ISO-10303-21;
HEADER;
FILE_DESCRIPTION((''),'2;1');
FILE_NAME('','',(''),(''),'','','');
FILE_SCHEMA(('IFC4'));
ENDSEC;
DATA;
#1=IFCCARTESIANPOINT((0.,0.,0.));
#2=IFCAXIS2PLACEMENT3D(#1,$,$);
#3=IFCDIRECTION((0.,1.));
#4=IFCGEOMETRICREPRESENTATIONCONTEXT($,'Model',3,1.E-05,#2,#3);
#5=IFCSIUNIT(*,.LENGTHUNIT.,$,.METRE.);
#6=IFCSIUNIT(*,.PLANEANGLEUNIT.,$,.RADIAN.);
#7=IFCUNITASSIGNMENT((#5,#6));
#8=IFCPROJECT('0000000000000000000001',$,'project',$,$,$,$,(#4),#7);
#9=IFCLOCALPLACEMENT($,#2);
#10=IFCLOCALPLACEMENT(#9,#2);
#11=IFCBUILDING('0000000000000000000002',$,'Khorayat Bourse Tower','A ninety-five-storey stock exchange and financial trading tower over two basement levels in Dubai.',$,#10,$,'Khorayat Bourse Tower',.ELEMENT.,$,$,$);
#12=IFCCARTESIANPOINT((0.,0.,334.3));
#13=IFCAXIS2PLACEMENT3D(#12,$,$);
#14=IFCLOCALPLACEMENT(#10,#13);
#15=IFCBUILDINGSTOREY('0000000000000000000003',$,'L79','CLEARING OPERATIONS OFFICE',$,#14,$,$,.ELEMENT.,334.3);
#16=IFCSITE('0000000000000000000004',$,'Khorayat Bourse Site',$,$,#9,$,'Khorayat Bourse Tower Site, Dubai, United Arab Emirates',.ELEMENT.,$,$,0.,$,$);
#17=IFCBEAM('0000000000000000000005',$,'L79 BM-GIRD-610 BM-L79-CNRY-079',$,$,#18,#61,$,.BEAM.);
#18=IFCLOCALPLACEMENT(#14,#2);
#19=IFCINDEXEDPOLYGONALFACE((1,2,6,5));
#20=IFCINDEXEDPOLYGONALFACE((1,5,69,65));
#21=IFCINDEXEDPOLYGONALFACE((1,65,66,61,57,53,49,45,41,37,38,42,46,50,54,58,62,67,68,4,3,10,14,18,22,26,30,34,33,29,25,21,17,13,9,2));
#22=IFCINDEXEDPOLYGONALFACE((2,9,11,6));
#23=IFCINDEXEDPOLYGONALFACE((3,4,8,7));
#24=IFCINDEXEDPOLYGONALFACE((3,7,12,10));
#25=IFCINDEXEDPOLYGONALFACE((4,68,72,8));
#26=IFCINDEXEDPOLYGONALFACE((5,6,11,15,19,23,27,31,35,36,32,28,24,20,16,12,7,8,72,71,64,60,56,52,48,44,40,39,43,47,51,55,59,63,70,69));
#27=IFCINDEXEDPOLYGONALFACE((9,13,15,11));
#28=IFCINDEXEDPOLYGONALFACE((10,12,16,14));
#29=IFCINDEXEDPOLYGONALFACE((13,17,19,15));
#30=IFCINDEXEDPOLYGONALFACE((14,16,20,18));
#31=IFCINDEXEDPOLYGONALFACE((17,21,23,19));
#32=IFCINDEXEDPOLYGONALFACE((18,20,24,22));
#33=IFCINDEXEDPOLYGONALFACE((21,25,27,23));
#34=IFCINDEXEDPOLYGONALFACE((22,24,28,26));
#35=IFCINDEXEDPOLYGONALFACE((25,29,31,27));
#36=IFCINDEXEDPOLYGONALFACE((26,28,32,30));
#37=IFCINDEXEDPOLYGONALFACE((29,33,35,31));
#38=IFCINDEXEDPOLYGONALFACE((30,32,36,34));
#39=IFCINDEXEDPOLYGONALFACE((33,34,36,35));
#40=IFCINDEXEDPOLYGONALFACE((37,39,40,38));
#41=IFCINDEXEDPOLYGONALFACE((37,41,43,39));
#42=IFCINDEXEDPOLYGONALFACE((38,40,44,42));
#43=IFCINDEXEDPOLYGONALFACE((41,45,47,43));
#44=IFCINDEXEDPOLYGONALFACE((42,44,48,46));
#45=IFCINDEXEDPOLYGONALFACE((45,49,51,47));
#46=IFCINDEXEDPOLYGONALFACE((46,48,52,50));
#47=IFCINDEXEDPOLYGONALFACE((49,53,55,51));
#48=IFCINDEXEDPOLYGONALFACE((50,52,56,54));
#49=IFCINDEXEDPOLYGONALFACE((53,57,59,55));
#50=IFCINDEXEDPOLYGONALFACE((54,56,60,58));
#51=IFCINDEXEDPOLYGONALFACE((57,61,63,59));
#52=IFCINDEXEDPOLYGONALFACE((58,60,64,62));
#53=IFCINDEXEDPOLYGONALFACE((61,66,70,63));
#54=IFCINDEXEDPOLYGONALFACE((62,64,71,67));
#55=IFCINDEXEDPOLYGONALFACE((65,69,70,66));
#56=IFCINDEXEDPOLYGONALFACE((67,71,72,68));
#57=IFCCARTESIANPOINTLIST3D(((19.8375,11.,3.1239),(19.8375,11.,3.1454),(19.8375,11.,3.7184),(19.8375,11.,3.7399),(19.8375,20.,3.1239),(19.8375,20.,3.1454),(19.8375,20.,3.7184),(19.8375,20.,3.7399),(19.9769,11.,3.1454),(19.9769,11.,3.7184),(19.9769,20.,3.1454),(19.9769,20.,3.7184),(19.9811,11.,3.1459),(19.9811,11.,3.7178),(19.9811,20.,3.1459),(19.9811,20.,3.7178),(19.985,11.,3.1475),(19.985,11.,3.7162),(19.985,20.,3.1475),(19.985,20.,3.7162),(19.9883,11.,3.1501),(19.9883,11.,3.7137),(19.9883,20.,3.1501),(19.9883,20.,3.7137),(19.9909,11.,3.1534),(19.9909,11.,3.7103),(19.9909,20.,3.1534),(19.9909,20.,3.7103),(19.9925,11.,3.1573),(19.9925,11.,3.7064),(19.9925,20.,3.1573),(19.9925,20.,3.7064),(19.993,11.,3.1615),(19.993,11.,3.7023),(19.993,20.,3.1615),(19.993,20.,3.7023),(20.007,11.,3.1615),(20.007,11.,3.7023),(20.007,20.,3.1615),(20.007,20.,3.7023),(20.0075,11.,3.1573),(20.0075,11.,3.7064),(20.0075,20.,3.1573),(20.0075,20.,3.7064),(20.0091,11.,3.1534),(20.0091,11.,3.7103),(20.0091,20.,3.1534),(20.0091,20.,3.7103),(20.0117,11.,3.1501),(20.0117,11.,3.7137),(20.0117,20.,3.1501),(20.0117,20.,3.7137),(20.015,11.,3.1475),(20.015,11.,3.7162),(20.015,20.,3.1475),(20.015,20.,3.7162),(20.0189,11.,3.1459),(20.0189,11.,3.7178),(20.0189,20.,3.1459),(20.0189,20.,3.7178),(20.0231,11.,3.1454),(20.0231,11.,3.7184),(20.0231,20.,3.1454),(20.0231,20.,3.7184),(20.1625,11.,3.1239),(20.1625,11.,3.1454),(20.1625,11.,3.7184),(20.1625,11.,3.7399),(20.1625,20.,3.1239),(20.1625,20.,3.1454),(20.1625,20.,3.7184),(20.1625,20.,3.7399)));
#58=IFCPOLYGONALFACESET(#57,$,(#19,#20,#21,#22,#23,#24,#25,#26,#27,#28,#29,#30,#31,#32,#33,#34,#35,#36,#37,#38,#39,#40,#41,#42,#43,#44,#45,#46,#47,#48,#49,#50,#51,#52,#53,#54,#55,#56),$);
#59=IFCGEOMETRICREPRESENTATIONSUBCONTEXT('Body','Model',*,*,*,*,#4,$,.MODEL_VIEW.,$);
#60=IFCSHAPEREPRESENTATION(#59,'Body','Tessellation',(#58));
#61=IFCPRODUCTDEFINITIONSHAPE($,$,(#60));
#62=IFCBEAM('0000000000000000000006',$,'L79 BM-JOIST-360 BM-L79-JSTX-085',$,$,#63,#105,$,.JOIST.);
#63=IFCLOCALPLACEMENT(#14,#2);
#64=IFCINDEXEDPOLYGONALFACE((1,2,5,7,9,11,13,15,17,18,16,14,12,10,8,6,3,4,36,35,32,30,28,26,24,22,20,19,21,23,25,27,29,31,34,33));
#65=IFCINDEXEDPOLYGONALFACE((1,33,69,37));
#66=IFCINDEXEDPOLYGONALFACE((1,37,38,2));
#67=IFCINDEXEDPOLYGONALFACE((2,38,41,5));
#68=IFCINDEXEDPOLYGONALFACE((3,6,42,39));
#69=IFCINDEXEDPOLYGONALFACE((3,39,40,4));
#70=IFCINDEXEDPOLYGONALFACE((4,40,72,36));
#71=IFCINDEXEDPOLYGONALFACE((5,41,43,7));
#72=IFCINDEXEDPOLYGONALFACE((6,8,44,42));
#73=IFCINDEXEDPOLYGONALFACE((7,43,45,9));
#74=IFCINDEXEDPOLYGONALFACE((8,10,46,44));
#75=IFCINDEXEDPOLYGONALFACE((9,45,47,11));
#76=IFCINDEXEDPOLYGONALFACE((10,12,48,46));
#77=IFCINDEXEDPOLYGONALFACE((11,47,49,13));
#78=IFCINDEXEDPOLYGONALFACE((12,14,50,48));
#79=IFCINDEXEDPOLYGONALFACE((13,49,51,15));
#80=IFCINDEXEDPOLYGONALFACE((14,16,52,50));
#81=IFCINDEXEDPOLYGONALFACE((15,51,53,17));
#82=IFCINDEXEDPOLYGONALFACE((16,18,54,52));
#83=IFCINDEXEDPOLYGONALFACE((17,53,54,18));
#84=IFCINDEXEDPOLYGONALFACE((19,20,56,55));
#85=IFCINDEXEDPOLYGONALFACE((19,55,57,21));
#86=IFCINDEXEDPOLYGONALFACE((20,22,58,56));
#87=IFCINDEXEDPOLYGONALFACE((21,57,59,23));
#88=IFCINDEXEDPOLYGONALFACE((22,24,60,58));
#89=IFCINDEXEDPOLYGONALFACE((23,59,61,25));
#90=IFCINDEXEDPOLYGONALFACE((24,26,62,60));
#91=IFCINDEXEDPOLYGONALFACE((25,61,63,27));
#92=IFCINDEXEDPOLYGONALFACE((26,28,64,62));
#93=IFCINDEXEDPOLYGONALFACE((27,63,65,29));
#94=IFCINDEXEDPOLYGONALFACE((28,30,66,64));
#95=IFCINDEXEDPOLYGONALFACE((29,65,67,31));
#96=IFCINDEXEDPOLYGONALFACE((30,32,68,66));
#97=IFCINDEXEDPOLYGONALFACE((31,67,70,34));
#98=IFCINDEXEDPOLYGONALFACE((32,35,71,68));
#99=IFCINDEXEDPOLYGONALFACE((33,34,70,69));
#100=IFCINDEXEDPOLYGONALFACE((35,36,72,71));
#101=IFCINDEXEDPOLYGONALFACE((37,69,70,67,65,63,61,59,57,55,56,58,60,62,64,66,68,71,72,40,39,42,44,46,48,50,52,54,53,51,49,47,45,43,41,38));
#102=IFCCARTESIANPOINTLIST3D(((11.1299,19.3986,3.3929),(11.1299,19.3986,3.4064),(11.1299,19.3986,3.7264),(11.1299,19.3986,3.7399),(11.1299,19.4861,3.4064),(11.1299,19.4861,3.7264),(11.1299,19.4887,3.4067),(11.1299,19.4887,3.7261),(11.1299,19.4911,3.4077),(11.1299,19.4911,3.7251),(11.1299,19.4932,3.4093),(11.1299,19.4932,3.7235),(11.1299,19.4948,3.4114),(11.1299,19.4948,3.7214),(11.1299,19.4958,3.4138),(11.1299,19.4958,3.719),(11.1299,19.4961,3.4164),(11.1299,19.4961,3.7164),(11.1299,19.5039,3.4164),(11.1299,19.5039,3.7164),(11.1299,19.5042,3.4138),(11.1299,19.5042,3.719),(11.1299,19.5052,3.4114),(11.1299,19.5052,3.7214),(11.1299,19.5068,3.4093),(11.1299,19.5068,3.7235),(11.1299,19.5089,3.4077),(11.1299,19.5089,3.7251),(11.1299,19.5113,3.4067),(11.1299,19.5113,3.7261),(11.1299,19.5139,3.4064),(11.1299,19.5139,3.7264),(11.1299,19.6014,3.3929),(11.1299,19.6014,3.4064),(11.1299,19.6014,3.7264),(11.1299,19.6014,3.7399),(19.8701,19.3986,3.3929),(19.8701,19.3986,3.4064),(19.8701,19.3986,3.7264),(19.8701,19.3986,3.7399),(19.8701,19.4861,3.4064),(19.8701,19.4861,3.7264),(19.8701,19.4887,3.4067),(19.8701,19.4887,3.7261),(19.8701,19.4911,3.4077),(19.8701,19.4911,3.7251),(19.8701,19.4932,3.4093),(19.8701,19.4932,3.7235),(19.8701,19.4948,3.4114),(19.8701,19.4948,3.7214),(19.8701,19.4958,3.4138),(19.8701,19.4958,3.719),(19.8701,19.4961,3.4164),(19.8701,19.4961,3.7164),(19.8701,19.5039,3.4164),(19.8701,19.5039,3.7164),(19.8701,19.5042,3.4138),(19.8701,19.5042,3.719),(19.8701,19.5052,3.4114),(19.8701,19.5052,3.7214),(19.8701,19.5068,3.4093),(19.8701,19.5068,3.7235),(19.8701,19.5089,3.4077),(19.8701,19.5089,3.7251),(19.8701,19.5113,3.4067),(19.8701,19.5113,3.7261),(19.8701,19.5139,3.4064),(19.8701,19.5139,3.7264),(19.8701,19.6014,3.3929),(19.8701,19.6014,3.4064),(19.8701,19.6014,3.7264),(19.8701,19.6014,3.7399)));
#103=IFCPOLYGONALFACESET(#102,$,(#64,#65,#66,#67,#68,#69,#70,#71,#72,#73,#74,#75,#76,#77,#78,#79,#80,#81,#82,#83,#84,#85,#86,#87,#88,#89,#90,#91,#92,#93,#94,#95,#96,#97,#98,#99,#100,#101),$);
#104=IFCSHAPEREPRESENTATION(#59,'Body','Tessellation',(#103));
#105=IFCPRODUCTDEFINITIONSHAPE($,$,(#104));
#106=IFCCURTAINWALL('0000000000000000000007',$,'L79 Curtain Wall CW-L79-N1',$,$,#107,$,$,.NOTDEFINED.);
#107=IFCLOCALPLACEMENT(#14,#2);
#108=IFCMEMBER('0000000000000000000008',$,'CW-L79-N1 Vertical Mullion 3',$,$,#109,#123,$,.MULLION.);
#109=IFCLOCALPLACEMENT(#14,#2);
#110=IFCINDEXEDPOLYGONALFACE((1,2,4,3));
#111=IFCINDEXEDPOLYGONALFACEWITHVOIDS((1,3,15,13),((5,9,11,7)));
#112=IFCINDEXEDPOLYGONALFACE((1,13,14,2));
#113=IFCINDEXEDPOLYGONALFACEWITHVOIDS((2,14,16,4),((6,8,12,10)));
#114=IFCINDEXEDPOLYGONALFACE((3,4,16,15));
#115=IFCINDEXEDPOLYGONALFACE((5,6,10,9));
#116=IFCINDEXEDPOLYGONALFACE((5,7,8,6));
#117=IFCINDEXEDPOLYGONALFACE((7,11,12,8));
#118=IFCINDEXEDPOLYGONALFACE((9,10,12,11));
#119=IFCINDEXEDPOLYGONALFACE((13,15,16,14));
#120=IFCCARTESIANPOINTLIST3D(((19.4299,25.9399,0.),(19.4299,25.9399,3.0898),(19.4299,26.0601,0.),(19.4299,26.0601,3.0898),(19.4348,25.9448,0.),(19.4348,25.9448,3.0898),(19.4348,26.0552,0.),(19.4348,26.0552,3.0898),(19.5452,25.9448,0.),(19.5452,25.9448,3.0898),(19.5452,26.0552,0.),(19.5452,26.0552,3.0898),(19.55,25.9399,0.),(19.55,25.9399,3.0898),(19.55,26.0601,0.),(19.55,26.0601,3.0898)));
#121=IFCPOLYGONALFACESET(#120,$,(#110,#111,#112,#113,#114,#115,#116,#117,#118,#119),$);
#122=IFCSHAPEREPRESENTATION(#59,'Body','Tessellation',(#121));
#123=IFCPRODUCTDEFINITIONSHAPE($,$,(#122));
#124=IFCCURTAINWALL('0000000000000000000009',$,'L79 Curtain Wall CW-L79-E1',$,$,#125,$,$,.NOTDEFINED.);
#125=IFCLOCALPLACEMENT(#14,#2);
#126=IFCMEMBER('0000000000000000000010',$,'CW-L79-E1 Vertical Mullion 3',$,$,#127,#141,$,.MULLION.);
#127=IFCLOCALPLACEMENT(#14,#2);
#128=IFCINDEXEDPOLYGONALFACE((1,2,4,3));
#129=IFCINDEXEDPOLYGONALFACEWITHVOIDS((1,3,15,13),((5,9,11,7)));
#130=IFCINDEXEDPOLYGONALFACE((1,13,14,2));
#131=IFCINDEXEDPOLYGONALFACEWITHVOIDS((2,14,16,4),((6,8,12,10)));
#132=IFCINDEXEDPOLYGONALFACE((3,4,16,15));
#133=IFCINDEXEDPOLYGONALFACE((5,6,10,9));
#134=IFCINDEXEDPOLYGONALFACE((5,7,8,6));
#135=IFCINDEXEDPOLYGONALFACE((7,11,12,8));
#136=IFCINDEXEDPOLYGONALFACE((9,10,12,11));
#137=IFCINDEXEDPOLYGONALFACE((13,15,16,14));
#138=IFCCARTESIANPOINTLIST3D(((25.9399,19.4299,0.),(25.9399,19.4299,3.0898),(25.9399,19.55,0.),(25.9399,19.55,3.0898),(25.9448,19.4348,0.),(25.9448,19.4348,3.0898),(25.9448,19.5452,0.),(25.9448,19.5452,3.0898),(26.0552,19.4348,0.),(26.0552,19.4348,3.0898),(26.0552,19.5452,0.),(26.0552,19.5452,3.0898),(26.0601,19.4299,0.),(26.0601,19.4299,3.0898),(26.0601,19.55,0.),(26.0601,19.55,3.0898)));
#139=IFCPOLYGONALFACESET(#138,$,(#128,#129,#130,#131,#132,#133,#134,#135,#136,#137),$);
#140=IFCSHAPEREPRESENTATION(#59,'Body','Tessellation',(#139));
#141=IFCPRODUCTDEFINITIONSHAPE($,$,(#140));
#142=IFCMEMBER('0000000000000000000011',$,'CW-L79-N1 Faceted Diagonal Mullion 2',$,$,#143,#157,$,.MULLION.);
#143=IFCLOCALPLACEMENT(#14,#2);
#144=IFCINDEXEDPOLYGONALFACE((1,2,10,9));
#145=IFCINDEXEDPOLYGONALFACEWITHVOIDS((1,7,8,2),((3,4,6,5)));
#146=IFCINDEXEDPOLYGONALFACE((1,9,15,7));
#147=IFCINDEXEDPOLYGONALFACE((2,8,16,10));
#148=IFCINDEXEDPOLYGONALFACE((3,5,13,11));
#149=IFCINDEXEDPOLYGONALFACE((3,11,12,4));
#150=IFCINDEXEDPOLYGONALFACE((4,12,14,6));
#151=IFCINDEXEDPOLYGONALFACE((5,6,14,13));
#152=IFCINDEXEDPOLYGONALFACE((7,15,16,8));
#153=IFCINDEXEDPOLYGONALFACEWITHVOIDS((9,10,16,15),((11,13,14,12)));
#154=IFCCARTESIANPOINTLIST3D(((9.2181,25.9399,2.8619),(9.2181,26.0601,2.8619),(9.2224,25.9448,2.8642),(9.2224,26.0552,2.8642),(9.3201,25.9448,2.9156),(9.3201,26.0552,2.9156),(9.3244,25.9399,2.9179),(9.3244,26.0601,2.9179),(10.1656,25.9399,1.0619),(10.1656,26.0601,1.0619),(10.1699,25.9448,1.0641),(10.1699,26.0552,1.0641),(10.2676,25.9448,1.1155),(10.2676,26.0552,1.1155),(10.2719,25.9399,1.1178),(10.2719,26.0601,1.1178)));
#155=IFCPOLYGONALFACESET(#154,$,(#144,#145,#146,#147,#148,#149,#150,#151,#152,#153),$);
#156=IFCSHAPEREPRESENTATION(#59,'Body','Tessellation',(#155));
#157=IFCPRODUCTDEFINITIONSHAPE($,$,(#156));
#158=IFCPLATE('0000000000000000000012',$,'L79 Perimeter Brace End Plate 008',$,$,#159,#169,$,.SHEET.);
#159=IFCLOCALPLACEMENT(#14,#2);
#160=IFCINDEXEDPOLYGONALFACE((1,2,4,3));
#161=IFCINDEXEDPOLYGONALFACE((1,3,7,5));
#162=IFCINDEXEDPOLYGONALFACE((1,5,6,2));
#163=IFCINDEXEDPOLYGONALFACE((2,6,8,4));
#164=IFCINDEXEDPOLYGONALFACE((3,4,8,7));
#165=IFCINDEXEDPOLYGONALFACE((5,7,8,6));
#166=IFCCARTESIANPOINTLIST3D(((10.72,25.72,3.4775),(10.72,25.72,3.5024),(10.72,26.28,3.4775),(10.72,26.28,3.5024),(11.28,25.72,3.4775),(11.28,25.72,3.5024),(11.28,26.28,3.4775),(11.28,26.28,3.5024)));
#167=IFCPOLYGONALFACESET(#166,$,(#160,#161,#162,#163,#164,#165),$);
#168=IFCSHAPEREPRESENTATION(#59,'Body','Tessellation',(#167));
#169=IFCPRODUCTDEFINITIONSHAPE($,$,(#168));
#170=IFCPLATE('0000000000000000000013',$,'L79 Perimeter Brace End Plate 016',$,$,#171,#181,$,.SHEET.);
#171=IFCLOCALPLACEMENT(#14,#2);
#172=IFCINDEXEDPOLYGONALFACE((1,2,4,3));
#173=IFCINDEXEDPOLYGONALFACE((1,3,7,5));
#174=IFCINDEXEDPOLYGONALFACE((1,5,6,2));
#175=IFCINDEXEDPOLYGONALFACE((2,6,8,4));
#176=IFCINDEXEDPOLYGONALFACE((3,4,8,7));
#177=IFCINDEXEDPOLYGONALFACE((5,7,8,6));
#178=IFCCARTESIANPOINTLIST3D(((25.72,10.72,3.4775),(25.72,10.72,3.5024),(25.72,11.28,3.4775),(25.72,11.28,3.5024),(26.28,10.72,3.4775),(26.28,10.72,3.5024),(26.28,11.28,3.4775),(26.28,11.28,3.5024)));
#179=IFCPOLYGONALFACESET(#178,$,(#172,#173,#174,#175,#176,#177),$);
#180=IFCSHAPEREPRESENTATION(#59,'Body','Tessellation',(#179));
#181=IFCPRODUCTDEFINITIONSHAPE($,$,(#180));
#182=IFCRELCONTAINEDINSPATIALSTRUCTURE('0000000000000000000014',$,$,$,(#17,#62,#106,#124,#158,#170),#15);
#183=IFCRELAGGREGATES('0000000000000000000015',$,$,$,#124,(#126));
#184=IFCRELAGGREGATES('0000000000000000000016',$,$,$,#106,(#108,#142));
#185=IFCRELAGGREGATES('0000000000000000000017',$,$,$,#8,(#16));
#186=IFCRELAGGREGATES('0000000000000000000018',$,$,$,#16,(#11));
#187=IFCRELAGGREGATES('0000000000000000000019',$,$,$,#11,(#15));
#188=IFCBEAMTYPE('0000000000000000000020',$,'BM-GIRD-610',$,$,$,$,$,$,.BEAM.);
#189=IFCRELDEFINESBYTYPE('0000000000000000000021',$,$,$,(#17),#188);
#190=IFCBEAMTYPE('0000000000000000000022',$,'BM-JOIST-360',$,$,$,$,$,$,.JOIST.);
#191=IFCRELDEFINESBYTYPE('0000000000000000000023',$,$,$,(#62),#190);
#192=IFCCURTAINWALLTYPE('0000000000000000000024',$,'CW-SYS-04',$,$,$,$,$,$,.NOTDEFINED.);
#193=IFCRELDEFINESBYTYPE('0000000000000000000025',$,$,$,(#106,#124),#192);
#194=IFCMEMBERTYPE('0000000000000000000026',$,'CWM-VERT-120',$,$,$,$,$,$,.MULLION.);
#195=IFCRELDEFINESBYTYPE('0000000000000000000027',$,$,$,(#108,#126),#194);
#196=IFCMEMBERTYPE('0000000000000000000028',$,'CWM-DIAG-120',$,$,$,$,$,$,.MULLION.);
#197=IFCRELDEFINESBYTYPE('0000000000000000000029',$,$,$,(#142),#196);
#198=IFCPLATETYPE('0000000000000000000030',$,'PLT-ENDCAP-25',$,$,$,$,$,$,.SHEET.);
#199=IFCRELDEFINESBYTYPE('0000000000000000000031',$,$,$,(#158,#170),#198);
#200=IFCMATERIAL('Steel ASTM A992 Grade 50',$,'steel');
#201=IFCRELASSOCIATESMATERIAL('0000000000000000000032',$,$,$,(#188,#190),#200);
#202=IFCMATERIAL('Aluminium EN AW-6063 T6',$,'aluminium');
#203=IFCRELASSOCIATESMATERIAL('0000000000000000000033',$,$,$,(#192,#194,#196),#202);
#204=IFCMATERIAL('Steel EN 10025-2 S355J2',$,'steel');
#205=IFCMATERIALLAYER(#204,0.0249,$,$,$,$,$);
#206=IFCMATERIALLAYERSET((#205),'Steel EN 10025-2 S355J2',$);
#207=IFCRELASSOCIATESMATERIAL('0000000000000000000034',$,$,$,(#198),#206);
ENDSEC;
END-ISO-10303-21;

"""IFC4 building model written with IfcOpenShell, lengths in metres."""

from ifc_helpers import new_model, si_unit, direction, frame, origin, origin_2d, place, context, subcontext, project, spatial, rectangle, hollow_rectangle, i_section, extrude, source, transform, mapped, material, layer, layer_set, material_profile, profile_set, type_object, element, aggregate, save


model = new_model("IFC4")

# Units and contexts
model_context = context("Model", 3, precision=1e-05, world=origin(), true_north=direction((0.0, 1.0)))
body_context = subcontext(model_context, "Body", "Model", "MODEL_VIEW")
ifc_project = project(units=[si_unit("LENGTHUNIT", "METRE"), si_unit("PLANEANGLEUNIT", "RADIAN")], contexts=[model_context])

# Site, building, storey
site_placement = place(None, origin())
site = spatial("IfcSite", under=ifc_project, at=site_placement, Name="Khorayat Bourse Site", LongName="Khorayat Bourse Tower Site, Dubai, United Arab Emirates", CompositionType="ELEMENT", RefElevation=0.0)
building_placement = place(site_placement, origin())
building = spatial("IfcBuilding", under=site, at=building_placement, Name="Khorayat Bourse Tower", Description="A ninety-five-storey stock exchange and financial trading tower over two basement levels in Dubai.", LongName="Khorayat Bourse Tower", CompositionType="ELEMENT")
storey_placement = place(building_placement, frame((0.0, 0.0, 334.3)))
storey = spatial("IfcBuildingStorey", under=building, at=storey_placement, Name="L79", Description="CLEARING OPERATIONS OFFICE", CompositionType="ELEMENT", Elevation=334.3)

# Shared definitions
ifc_material_1 = material(Name="Steel EN 10025-2 S355J2", Category="steel")

# Beams
ifc_material_2 = material(Name="Steel ASTM A992 Grade 50", Category="steel")
ifc_material_profile_1 = material_profile(ifc_material_2, i_section(OverallWidth=0.325, OverallDepth=0.616, WebThickness=0.0139, FlangeThickness=0.0215, FilletRadius=0.0161, at=origin_2d()), Name="W610X174")
ifc_profile_set_1 = profile_set([ifc_material_profile_1], Name="Steel ASTM A992 Grade 50")
beam_type_1 = type_object("IfcBeamType", Name="BM-GIRD-610", PredefinedType="BEAM", material=ifc_profile_set_1)
shared_shape_1 = source(origin(), body_context, "Body", "SweptSolid", [
    extrude(i_section(OverallWidth=0.325, OverallDepth=0.616, WebThickness=0.0139, FlangeThickness=0.0215, FilletRadius=0.0161, at=origin_2d()), origin(), (0.0, 0.0, 1.0), 9.0),
])
beam_1_placement = place(storey_placement, frame((20.0, 11.0, 3.4319), z_axis=(0.0, 1.0, 0.0), x_axis=(-1.0, 0.0, 0.0)))
element("IfcBeam", 1, at=beam_1_placement, inside=storey, type_object=beam_type_1, Name="L79 BM-GIRD-610 BM-L79-CNRY-079", PredefinedType="BEAM", context=body_context, shape_type="MappedRepresentation", body=[
    mapped(shared_shape_1, transform((0.0, 0.0, 0.0), scale=1.0)),
])
ifc_material_profile_2 = material_profile(ifc_material_2, i_section(OverallWidth=0.2029, OverallDepth=0.3469, WebThickness=0.0078, FlangeThickness=0.0134, FilletRadius=0.01, at=origin_2d()), Name="W360X64")
ifc_profile_set_2 = profile_set([ifc_material_profile_2], Name="Steel ASTM A992 Grade 50")
beam_type_2 = type_object("IfcBeamType", Name="BM-JOIST-360", PredefinedType="JOIST", material=ifc_profile_set_2)
shared_shape_2 = source(origin(), body_context, "Body", "SweptSolid", [
    extrude(i_section(OverallWidth=0.2029, OverallDepth=0.3469, WebThickness=0.0078, FlangeThickness=0.0134, FilletRadius=0.01, at=origin_2d()), origin(), (0.0, 0.0, 1.0), 8.7402),
])
beam_2_placement = place(storey_placement, frame((11.1299, 19.5, 3.5664), z_axis=(1.0, 0.0, 0.0), x_axis=(0.0, 1.0, 0.0)))
element("IfcBeam", 2, at=beam_2_placement, inside=storey, type_object=beam_type_2, Name="L79 BM-JOIST-360 BM-L79-JSTX-085", PredefinedType="JOIST", context=body_context, shape_type="MappedRepresentation", body=[
    mapped(shared_shape_2, transform((0.0, 0.0, 0.0), scale=1.0)),
])

# Curtain walls, members
ifc_material_3 = material(Name="Aluminium EN AW-6063 T6", Category="aluminium")
curtain_wall_type = type_object("IfcCurtainWallType", Name="CW-SYS-04", PredefinedType="NOTDEFINED", material=ifc_material_3)
curtain_wall_1_placement = place(storey_placement, origin())
curtain_wall_1 = element("IfcCurtainWall", 3, at=curtain_wall_1_placement, inside=storey, type_object=curtain_wall_type, Name="L79 Curtain Wall CW-L79-N1", PredefinedType="NOTDEFINED")
ifc_material_profile_3 = material_profile(ifc_material_3, hollow_rectangle(XDim=0.1201, YDim=0.1201, WallThickness=0.0049, at=origin_2d()), Name="ALU 120x120x5")
ifc_profile_set_3 = profile_set([ifc_material_profile_3], Name="Aluminium EN AW-6063 T6")
member_type_1 = type_object("IfcMemberType", Name="CWM-VERT-120", PredefinedType="MULLION", material=ifc_profile_set_3)
shared_shape_3 = source(origin(), body_context, "Body", "SweptSolid", [
    extrude(hollow_rectangle(XDim=0.1201, YDim=0.1201, WallThickness=0.0049, at=origin_2d()), origin(), (0.0, 0.0, 1.0), 3.0898),
])
member_1_placement = place(storey_placement, frame((19.49, 26.0, 0.0), z_axis=(0.0, 0.0, 1.0), x_axis=(0.0, 1.0, 0.0)))
member_1 = element("IfcMember", 4, at=member_1_placement, type_object=member_type_1, Name="CW-L79-N1 Vertical Mullion 3", PredefinedType="MULLION", context=body_context, shape_type="MappedRepresentation", body=[
    mapped(shared_shape_3, transform((0.0, 0.0, 0.0), scale=1.0)),
])
curtain_wall_2_placement = place(storey_placement, origin())
curtain_wall_2 = element("IfcCurtainWall", 5, at=curtain_wall_2_placement, inside=storey, type_object=curtain_wall_type, Name="L79 Curtain Wall CW-L79-E1", PredefinedType="NOTDEFINED")
member_2_placement = place(storey_placement, frame((26.0, 19.49, 0.0), z_axis=(0.0, 0.0, 1.0), x_axis=(-1.0, 0.0, 0.0)))
member_2 = element("IfcMember", 6, at=member_2_placement, type_object=member_type_1, Name="CW-L79-E1 Vertical Mullion 3", PredefinedType="MULLION", context=body_context, shape_type="MappedRepresentation", body=[
    mapped(shared_shape_3, transform((0.0, 0.0, 0.0), scale=1.0)),
])
aggregate(curtain_wall_2, [member_2])

# Member
ifc_material_profile_4 = material_profile(ifc_material_3, hollow_rectangle(XDim=0.1201, YDim=0.1201, WallThickness=0.0049, at=origin_2d()), Name="ALU 120x120x5")
ifc_profile_set_4 = profile_set([ifc_material_profile_4], Name="Aluminium EN AW-6063 T6")
member_type_2 = type_object("IfcMemberType", Name="CWM-DIAG-120", PredefinedType="MULLION", material=ifc_profile_set_4)
shared_shape_4 = source(origin(), body_context, "Body", "SweptSolid", [
    extrude(hollow_rectangle(XDim=0.1201, YDim=0.1201, WallThickness=0.0049, at=origin_2d()), origin(), (0.0, 0.0, 1.0), 2.0342),
])
member_3_placement = place(storey_placement, frame((10.2188, 26.0, 1.0898), z_axis=(-0.465791, 0.0, 0.884895), x_axis=(0.0, -1.0, 0.0)))
member_3 = element("IfcMember", 7, at=member_3_placement, type_object=member_type_2, Name="CW-L79-N1 Faceted Diagonal Mullion 2", PredefinedType="MULLION", context=body_context, shape_type="MappedRepresentation", body=[
    mapped(shared_shape_4, transform((0.0, 0.0, 0.0), scale=1.0)),
])
aggregate(curtain_wall_1, [member_1, member_3])

# Plates
ifc_layer_1 = layer(ifc_material_1, 0.0249)
ifc_layer_set_1 = layer_set([ifc_layer_1], Name="Steel EN 10025-2 S355J2")
plate_type = type_object("IfcPlateType", Name="PLT-ENDCAP-25", PredefinedType="SHEET", material=ifc_layer_set_1)
shared_shape_5 = source(origin(), body_context, "Body", "SweptSolid", [
    extrude(rectangle(XDim=0.5601, YDim=0.5601, at=origin_2d()), origin(), (0.0, 0.0, 1.0), 0.0249),
])
for number, where, z_axis, x_axis, name in (
    (8, (11.0, 26.0, 3.4775), (0.0, 0.0, 1.0), (1.0, 0.0, 0.0), "L79 Perimeter Brace End Plate 008"),
    (9, (26.0, 11.0, 3.4775), (0.0, 0.0, 1.0), (1.0, 0.0, 0.0), "L79 Perimeter Brace End Plate 016"),
):
    element("IfcPlate", number, at=place(storey_placement, frame(where, z_axis=z_axis, x_axis=x_axis)), inside=storey, type_object=plate_type, Name=name, PredefinedType="SHEET", context=body_context, shape_type="MappedRepresentation", body=[
        mapped(shared_shape_5, transform((0.0, 0.0, 0.0), scale=1.0)),
    ])

save(model, "model.ifc")
